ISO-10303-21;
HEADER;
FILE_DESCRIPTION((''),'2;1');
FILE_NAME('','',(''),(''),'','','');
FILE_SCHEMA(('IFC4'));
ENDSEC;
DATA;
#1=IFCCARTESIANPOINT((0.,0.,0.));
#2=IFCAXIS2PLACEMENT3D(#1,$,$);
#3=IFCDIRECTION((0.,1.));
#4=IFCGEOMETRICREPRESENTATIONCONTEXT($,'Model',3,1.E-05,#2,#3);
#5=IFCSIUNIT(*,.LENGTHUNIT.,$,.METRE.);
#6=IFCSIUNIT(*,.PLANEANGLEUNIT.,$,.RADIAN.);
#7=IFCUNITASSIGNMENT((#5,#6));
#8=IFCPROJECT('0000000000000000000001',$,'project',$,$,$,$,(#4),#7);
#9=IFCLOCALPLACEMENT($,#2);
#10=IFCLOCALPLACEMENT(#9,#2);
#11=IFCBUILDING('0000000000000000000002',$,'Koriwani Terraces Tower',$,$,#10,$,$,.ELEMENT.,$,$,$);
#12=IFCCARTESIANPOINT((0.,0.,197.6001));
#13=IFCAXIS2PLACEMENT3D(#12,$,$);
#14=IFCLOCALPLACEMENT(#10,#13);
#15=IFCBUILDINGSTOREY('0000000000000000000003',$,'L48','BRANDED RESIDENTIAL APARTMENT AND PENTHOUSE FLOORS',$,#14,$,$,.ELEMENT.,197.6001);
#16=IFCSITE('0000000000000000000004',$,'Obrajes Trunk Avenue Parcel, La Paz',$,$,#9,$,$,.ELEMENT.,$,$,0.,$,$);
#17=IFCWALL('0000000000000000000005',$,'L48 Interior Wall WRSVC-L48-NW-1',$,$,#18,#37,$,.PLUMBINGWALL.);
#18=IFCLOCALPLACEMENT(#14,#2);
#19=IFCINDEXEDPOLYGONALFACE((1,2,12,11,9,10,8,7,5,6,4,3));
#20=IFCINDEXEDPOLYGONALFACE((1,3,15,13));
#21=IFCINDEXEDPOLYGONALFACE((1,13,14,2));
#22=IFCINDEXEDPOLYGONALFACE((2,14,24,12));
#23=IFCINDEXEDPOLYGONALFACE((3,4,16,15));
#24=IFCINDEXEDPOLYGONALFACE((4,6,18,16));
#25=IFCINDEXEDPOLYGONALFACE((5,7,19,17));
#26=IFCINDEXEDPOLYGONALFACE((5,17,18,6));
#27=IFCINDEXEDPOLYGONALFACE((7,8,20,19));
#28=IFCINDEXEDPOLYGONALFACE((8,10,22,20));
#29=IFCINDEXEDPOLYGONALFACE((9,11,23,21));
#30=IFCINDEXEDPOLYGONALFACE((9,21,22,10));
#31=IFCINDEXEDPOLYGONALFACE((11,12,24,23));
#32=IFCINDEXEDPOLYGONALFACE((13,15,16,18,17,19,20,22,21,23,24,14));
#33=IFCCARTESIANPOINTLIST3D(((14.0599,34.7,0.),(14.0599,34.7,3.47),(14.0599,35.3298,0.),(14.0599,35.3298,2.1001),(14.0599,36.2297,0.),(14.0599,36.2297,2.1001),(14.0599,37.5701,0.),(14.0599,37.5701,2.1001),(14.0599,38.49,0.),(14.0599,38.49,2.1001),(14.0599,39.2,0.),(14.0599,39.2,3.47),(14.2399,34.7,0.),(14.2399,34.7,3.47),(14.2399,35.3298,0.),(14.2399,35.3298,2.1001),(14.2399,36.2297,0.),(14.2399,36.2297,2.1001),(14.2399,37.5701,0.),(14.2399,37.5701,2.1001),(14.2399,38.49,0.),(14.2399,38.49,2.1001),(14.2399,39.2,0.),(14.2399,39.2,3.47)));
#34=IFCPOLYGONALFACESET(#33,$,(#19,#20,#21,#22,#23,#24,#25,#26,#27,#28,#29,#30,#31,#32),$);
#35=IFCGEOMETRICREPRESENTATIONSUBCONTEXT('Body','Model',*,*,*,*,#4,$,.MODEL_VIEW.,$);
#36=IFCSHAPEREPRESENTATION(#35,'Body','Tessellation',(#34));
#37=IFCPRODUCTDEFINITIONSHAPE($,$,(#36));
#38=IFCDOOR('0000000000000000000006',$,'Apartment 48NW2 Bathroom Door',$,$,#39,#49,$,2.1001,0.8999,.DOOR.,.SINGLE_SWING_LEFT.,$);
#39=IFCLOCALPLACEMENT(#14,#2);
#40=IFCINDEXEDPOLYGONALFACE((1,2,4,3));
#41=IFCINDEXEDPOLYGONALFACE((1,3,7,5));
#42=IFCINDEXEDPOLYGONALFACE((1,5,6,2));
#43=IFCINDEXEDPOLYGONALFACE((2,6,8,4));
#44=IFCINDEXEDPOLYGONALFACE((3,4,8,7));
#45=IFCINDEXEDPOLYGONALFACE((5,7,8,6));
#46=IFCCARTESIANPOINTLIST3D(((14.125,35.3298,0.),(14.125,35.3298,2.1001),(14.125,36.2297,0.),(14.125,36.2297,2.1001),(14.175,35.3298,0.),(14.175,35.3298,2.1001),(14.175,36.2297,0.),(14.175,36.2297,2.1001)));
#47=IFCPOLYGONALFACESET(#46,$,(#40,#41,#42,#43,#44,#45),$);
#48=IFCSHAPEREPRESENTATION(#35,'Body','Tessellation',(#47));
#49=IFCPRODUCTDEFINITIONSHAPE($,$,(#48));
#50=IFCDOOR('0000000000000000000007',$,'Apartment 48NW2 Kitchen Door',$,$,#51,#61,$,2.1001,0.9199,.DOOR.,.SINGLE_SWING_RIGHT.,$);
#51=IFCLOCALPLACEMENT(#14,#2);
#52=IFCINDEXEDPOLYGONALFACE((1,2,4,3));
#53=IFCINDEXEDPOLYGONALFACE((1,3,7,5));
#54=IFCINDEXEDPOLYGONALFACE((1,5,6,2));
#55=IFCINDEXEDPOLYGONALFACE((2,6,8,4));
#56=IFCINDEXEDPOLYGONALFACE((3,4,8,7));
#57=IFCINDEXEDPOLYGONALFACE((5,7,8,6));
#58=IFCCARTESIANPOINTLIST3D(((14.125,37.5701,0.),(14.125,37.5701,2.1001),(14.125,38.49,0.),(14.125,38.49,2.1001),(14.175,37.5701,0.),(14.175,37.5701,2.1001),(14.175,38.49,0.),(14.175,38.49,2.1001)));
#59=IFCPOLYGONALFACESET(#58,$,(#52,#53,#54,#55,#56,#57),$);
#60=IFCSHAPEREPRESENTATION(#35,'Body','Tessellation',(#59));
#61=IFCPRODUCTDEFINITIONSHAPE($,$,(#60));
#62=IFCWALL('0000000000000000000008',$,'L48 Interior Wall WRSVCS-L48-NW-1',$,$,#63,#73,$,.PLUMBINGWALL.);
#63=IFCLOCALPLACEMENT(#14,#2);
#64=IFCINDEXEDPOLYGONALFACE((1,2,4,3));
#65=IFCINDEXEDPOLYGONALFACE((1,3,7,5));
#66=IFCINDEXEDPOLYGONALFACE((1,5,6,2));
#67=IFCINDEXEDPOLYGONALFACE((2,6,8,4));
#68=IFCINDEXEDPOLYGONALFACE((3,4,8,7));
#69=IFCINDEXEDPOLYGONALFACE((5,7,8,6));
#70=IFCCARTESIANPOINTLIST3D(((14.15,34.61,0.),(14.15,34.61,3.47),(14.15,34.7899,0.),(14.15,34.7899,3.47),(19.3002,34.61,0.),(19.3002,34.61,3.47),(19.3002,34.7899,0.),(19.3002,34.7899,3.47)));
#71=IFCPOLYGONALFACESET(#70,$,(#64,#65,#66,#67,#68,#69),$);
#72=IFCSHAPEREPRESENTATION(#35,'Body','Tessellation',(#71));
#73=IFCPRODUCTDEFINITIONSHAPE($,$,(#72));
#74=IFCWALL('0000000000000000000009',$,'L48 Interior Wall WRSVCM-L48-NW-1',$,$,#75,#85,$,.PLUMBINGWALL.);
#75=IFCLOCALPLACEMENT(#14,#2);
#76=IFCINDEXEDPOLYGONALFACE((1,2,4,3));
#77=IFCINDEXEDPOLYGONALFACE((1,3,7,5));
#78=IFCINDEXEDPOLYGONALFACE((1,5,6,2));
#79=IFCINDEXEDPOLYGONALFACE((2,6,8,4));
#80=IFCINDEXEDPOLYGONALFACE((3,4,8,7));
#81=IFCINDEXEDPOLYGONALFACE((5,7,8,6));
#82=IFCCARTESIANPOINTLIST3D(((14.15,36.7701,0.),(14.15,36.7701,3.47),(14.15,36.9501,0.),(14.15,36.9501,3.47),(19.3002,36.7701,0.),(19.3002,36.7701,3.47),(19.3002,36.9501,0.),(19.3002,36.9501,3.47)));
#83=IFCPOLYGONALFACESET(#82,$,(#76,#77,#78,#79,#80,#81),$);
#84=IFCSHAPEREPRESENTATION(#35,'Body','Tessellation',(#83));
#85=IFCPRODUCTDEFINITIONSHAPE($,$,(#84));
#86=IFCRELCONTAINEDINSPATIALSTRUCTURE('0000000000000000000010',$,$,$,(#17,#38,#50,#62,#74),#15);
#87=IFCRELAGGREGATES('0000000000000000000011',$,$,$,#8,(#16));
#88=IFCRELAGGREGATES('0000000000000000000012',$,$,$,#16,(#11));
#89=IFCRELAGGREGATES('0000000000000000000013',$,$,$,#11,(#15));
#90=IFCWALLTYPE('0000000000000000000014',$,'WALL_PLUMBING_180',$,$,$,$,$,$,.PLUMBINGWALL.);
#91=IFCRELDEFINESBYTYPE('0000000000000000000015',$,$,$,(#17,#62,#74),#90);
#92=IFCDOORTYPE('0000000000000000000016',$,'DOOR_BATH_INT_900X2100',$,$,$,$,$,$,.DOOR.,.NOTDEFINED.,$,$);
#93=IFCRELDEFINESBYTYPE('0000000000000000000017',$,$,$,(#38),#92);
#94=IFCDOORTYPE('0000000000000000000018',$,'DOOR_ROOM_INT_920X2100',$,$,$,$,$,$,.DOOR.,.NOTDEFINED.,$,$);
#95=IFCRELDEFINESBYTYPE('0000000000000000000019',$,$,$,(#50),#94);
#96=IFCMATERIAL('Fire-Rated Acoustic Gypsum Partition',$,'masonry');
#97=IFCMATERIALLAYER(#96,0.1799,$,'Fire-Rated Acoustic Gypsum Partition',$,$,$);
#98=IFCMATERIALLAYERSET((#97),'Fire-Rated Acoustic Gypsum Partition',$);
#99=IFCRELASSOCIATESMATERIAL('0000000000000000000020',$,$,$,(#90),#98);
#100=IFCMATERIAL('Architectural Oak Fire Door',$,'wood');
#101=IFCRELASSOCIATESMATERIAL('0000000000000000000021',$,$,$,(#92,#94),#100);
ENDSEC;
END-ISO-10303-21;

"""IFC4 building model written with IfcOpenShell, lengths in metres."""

from ifc_helpers import new_model, si_unit, direction, frame, frame_2d, origin, place, context, subcontext, project, spatial, rectangle, extrude, material, layer, layer_set, type_object, element, fill, save


model = new_model("IFC4")

# Units and contexts
model_context = context("Model", 3, precision=1e-05, world=origin(), true_north=direction((0.0, 1.0)))
body_context = subcontext(model_context, "Body", "Model", "MODEL_VIEW")
ifc_project = project(units=[si_unit("LENGTHUNIT", "METRE"), si_unit("PLANEANGLEUNIT", "RADIAN")], contexts=[model_context])

# Site, building, storey
site_placement = place(None, origin())
site = spatial("IfcSite", under=ifc_project, at=site_placement, Name="Obrajes Trunk Avenue Parcel, La Paz", CompositionType="ELEMENT", RefElevation=0.0)
building_placement = place(site_placement, origin())
building = spatial("IfcBuilding", under=site, at=building_placement, Name="Koriwani Terraces Tower", CompositionType="ELEMENT")
storey_placement = place(building_placement, frame((0.0, 0.0, 197.6001)))
storey = spatial("IfcBuildingStorey", under=building, at=storey_placement, Name="L48", Description="BRANDED RESIDENTIAL APARTMENT AND PENTHOUSE FLOORS", CompositionType="ELEMENT", Elevation=197.6001)

# Shared definitions
ifc_material_1 = material(Name="Architectural Oak Fire Door", Category="wood")

# Shared definitions
ifc_material_2 = material(Name="Fire-Rated Acoustic Gypsum Partition", Category="masonry")
ifc_layer_1 = layer(ifc_material_2, 0.1799, Name="Fire-Rated Acoustic Gypsum Partition")
ifc_layer_set_1 = layer_set([ifc_layer_1], Name="Fire-Rated Acoustic Gypsum Partition")
wall_type_1 = type_object("IfcWallType", Name="WALL_PLUMBING_180", PredefinedType="PLUMBINGWALL", material=ifc_layer_set_1)

# Wall, openings, doors
wall_1_placement = place(storey_placement, frame((14.1499, 34.7, 0.0), z_axis=(0.0, 0.0, 1.0), x_axis=(0.0, 1.0, 0.0)))
wall_1 = element("IfcWall", 1, at=wall_1_placement, inside=storey, type_object=wall_type_1, Name="L48 Interior Wall WRSVC-L48-NW-1", PredefinedType="PLUMBINGWALL", context=body_context, shape_type="SweptSolid", body=[
    extrude(rectangle(XDim=4.5, YDim=0.1799, at=frame_2d((2.25, 0.0))), origin(), (0.0, 0.0, 1.0), 3.47),
])
opening_1_placement = place(wall_1_placement, frame((0.6299, 0.0, 0.0)))
opening_1 = element("IfcOpeningElement", 2, at=opening_1_placement, cuts=wall_1, PredefinedType="OPENING", context=body_context, shape_type="SweptSolid", body=[
    extrude(rectangle(XDim=0.8999, YDim=2.1001, at=frame_2d((0.45, 1.05))), frame((0.0, 0.1001, 0.0), z_axis=(0.0, -1.0, 0.0), x_axis=(1.0, 0.0, 0.0)), (0.0, 0.0, 1.0), 0.2),
])
opening_2_placement = place(wall_1_placement, frame((2.8701, 0.0, 0.0)))
opening_2 = element("IfcOpeningElement", 3, at=opening_2_placement, cuts=wall_1, PredefinedType="OPENING", context=body_context, shape_type="SweptSolid", body=[
    extrude(rectangle(XDim=0.9199, YDim=2.1001, at=frame_2d((0.46, 1.05))), frame((0.0, 0.1001, 0.0), z_axis=(0.0, -1.0, 0.0), x_axis=(1.0, 0.0, 0.0)), (0.0, 0.0, 1.0), 0.2),
])
door_type_1 = type_object("IfcDoorType", Name="DOOR_BATH_INT_900X2100", OperationType="NOTDEFINED", PredefinedType="DOOR", material=ifc_material_1)
door_1_placement = place(opening_1_placement, origin())
door_1 = element("IfcDoor", 4, at=door_1_placement, inside=storey, type_object=door_type_1, Name="Apartment 48NW2 Bathroom Door", OperationType="SINGLE_SWING_LEFT", OverallHeight=2.1001, OverallWidth=0.8999, PredefinedType="DOOR", context=body_context, shape_type="SweptSolid", body=[
    extrude(rectangle(XDim=0.8999, YDim=2.1001, at=frame_2d((0.45, 1.05))), frame((0.0, 0.0249, 0.0), z_axis=(0.0, -1.0, 0.0), x_axis=(1.0, 0.0, 0.0)), (0.0, 0.0, 1.0), 0.05),
])
fill(opening_1, door_1)
door_type_2 = type_object("IfcDoorType", Name="DOOR_ROOM_INT_920X2100", OperationType="NOTDEFINED", PredefinedType="DOOR", material=ifc_material_1)
door_2_placement = place(opening_2_placement, origin())
door_2 = element("IfcDoor", 5, at=door_2_placement, inside=storey, type_object=door_type_2, Name="Apartment 48NW2 Kitchen Door", OperationType="SINGLE_SWING_RIGHT", OverallHeight=2.1001, OverallWidth=0.9199, PredefinedType="DOOR", context=body_context, shape_type="SweptSolid", body=[
    extrude(rectangle(XDim=0.9199, YDim=2.1001, at=frame_2d((0.46, 1.05))), frame((0.0, 0.0249, 0.0), z_axis=(0.0, -1.0, 0.0), x_axis=(1.0, 0.0, 0.0)), (0.0, 0.0, 1.0), 0.05),
])
fill(opening_2, door_2)

# Walls
for number, where, z_axis, x_axis, name in (
    (6, (14.1499, 34.7, 0.0), (0.0, 0.0, 1.0), (1.0, 0.0, 0.0), "L48 Interior Wall WRSVCS-L48-NW-1"),
    (7, (14.1499, 36.8601, 0.0), (0.0, 0.0, 1.0), (1.0, 0.0, 0.0), "L48 Interior Wall WRSVCM-L48-NW-1"),
):
    element("IfcWall", number, at=place(storey_placement, frame(where, z_axis=z_axis, x_axis=x_axis)), inside=storey, type_object=wall_type_1, Name=name, PredefinedType="PLUMBINGWALL", context=body_context, shape_type="SweptSolid", body=[
        extrude(rectangle(XDim=5.1501, YDim=0.1799, at=frame_2d((2.5752, 0.0))), origin(), (0.0, 0.0, 1.0), 3.47),
    ])

save(model, "model.ifc")
